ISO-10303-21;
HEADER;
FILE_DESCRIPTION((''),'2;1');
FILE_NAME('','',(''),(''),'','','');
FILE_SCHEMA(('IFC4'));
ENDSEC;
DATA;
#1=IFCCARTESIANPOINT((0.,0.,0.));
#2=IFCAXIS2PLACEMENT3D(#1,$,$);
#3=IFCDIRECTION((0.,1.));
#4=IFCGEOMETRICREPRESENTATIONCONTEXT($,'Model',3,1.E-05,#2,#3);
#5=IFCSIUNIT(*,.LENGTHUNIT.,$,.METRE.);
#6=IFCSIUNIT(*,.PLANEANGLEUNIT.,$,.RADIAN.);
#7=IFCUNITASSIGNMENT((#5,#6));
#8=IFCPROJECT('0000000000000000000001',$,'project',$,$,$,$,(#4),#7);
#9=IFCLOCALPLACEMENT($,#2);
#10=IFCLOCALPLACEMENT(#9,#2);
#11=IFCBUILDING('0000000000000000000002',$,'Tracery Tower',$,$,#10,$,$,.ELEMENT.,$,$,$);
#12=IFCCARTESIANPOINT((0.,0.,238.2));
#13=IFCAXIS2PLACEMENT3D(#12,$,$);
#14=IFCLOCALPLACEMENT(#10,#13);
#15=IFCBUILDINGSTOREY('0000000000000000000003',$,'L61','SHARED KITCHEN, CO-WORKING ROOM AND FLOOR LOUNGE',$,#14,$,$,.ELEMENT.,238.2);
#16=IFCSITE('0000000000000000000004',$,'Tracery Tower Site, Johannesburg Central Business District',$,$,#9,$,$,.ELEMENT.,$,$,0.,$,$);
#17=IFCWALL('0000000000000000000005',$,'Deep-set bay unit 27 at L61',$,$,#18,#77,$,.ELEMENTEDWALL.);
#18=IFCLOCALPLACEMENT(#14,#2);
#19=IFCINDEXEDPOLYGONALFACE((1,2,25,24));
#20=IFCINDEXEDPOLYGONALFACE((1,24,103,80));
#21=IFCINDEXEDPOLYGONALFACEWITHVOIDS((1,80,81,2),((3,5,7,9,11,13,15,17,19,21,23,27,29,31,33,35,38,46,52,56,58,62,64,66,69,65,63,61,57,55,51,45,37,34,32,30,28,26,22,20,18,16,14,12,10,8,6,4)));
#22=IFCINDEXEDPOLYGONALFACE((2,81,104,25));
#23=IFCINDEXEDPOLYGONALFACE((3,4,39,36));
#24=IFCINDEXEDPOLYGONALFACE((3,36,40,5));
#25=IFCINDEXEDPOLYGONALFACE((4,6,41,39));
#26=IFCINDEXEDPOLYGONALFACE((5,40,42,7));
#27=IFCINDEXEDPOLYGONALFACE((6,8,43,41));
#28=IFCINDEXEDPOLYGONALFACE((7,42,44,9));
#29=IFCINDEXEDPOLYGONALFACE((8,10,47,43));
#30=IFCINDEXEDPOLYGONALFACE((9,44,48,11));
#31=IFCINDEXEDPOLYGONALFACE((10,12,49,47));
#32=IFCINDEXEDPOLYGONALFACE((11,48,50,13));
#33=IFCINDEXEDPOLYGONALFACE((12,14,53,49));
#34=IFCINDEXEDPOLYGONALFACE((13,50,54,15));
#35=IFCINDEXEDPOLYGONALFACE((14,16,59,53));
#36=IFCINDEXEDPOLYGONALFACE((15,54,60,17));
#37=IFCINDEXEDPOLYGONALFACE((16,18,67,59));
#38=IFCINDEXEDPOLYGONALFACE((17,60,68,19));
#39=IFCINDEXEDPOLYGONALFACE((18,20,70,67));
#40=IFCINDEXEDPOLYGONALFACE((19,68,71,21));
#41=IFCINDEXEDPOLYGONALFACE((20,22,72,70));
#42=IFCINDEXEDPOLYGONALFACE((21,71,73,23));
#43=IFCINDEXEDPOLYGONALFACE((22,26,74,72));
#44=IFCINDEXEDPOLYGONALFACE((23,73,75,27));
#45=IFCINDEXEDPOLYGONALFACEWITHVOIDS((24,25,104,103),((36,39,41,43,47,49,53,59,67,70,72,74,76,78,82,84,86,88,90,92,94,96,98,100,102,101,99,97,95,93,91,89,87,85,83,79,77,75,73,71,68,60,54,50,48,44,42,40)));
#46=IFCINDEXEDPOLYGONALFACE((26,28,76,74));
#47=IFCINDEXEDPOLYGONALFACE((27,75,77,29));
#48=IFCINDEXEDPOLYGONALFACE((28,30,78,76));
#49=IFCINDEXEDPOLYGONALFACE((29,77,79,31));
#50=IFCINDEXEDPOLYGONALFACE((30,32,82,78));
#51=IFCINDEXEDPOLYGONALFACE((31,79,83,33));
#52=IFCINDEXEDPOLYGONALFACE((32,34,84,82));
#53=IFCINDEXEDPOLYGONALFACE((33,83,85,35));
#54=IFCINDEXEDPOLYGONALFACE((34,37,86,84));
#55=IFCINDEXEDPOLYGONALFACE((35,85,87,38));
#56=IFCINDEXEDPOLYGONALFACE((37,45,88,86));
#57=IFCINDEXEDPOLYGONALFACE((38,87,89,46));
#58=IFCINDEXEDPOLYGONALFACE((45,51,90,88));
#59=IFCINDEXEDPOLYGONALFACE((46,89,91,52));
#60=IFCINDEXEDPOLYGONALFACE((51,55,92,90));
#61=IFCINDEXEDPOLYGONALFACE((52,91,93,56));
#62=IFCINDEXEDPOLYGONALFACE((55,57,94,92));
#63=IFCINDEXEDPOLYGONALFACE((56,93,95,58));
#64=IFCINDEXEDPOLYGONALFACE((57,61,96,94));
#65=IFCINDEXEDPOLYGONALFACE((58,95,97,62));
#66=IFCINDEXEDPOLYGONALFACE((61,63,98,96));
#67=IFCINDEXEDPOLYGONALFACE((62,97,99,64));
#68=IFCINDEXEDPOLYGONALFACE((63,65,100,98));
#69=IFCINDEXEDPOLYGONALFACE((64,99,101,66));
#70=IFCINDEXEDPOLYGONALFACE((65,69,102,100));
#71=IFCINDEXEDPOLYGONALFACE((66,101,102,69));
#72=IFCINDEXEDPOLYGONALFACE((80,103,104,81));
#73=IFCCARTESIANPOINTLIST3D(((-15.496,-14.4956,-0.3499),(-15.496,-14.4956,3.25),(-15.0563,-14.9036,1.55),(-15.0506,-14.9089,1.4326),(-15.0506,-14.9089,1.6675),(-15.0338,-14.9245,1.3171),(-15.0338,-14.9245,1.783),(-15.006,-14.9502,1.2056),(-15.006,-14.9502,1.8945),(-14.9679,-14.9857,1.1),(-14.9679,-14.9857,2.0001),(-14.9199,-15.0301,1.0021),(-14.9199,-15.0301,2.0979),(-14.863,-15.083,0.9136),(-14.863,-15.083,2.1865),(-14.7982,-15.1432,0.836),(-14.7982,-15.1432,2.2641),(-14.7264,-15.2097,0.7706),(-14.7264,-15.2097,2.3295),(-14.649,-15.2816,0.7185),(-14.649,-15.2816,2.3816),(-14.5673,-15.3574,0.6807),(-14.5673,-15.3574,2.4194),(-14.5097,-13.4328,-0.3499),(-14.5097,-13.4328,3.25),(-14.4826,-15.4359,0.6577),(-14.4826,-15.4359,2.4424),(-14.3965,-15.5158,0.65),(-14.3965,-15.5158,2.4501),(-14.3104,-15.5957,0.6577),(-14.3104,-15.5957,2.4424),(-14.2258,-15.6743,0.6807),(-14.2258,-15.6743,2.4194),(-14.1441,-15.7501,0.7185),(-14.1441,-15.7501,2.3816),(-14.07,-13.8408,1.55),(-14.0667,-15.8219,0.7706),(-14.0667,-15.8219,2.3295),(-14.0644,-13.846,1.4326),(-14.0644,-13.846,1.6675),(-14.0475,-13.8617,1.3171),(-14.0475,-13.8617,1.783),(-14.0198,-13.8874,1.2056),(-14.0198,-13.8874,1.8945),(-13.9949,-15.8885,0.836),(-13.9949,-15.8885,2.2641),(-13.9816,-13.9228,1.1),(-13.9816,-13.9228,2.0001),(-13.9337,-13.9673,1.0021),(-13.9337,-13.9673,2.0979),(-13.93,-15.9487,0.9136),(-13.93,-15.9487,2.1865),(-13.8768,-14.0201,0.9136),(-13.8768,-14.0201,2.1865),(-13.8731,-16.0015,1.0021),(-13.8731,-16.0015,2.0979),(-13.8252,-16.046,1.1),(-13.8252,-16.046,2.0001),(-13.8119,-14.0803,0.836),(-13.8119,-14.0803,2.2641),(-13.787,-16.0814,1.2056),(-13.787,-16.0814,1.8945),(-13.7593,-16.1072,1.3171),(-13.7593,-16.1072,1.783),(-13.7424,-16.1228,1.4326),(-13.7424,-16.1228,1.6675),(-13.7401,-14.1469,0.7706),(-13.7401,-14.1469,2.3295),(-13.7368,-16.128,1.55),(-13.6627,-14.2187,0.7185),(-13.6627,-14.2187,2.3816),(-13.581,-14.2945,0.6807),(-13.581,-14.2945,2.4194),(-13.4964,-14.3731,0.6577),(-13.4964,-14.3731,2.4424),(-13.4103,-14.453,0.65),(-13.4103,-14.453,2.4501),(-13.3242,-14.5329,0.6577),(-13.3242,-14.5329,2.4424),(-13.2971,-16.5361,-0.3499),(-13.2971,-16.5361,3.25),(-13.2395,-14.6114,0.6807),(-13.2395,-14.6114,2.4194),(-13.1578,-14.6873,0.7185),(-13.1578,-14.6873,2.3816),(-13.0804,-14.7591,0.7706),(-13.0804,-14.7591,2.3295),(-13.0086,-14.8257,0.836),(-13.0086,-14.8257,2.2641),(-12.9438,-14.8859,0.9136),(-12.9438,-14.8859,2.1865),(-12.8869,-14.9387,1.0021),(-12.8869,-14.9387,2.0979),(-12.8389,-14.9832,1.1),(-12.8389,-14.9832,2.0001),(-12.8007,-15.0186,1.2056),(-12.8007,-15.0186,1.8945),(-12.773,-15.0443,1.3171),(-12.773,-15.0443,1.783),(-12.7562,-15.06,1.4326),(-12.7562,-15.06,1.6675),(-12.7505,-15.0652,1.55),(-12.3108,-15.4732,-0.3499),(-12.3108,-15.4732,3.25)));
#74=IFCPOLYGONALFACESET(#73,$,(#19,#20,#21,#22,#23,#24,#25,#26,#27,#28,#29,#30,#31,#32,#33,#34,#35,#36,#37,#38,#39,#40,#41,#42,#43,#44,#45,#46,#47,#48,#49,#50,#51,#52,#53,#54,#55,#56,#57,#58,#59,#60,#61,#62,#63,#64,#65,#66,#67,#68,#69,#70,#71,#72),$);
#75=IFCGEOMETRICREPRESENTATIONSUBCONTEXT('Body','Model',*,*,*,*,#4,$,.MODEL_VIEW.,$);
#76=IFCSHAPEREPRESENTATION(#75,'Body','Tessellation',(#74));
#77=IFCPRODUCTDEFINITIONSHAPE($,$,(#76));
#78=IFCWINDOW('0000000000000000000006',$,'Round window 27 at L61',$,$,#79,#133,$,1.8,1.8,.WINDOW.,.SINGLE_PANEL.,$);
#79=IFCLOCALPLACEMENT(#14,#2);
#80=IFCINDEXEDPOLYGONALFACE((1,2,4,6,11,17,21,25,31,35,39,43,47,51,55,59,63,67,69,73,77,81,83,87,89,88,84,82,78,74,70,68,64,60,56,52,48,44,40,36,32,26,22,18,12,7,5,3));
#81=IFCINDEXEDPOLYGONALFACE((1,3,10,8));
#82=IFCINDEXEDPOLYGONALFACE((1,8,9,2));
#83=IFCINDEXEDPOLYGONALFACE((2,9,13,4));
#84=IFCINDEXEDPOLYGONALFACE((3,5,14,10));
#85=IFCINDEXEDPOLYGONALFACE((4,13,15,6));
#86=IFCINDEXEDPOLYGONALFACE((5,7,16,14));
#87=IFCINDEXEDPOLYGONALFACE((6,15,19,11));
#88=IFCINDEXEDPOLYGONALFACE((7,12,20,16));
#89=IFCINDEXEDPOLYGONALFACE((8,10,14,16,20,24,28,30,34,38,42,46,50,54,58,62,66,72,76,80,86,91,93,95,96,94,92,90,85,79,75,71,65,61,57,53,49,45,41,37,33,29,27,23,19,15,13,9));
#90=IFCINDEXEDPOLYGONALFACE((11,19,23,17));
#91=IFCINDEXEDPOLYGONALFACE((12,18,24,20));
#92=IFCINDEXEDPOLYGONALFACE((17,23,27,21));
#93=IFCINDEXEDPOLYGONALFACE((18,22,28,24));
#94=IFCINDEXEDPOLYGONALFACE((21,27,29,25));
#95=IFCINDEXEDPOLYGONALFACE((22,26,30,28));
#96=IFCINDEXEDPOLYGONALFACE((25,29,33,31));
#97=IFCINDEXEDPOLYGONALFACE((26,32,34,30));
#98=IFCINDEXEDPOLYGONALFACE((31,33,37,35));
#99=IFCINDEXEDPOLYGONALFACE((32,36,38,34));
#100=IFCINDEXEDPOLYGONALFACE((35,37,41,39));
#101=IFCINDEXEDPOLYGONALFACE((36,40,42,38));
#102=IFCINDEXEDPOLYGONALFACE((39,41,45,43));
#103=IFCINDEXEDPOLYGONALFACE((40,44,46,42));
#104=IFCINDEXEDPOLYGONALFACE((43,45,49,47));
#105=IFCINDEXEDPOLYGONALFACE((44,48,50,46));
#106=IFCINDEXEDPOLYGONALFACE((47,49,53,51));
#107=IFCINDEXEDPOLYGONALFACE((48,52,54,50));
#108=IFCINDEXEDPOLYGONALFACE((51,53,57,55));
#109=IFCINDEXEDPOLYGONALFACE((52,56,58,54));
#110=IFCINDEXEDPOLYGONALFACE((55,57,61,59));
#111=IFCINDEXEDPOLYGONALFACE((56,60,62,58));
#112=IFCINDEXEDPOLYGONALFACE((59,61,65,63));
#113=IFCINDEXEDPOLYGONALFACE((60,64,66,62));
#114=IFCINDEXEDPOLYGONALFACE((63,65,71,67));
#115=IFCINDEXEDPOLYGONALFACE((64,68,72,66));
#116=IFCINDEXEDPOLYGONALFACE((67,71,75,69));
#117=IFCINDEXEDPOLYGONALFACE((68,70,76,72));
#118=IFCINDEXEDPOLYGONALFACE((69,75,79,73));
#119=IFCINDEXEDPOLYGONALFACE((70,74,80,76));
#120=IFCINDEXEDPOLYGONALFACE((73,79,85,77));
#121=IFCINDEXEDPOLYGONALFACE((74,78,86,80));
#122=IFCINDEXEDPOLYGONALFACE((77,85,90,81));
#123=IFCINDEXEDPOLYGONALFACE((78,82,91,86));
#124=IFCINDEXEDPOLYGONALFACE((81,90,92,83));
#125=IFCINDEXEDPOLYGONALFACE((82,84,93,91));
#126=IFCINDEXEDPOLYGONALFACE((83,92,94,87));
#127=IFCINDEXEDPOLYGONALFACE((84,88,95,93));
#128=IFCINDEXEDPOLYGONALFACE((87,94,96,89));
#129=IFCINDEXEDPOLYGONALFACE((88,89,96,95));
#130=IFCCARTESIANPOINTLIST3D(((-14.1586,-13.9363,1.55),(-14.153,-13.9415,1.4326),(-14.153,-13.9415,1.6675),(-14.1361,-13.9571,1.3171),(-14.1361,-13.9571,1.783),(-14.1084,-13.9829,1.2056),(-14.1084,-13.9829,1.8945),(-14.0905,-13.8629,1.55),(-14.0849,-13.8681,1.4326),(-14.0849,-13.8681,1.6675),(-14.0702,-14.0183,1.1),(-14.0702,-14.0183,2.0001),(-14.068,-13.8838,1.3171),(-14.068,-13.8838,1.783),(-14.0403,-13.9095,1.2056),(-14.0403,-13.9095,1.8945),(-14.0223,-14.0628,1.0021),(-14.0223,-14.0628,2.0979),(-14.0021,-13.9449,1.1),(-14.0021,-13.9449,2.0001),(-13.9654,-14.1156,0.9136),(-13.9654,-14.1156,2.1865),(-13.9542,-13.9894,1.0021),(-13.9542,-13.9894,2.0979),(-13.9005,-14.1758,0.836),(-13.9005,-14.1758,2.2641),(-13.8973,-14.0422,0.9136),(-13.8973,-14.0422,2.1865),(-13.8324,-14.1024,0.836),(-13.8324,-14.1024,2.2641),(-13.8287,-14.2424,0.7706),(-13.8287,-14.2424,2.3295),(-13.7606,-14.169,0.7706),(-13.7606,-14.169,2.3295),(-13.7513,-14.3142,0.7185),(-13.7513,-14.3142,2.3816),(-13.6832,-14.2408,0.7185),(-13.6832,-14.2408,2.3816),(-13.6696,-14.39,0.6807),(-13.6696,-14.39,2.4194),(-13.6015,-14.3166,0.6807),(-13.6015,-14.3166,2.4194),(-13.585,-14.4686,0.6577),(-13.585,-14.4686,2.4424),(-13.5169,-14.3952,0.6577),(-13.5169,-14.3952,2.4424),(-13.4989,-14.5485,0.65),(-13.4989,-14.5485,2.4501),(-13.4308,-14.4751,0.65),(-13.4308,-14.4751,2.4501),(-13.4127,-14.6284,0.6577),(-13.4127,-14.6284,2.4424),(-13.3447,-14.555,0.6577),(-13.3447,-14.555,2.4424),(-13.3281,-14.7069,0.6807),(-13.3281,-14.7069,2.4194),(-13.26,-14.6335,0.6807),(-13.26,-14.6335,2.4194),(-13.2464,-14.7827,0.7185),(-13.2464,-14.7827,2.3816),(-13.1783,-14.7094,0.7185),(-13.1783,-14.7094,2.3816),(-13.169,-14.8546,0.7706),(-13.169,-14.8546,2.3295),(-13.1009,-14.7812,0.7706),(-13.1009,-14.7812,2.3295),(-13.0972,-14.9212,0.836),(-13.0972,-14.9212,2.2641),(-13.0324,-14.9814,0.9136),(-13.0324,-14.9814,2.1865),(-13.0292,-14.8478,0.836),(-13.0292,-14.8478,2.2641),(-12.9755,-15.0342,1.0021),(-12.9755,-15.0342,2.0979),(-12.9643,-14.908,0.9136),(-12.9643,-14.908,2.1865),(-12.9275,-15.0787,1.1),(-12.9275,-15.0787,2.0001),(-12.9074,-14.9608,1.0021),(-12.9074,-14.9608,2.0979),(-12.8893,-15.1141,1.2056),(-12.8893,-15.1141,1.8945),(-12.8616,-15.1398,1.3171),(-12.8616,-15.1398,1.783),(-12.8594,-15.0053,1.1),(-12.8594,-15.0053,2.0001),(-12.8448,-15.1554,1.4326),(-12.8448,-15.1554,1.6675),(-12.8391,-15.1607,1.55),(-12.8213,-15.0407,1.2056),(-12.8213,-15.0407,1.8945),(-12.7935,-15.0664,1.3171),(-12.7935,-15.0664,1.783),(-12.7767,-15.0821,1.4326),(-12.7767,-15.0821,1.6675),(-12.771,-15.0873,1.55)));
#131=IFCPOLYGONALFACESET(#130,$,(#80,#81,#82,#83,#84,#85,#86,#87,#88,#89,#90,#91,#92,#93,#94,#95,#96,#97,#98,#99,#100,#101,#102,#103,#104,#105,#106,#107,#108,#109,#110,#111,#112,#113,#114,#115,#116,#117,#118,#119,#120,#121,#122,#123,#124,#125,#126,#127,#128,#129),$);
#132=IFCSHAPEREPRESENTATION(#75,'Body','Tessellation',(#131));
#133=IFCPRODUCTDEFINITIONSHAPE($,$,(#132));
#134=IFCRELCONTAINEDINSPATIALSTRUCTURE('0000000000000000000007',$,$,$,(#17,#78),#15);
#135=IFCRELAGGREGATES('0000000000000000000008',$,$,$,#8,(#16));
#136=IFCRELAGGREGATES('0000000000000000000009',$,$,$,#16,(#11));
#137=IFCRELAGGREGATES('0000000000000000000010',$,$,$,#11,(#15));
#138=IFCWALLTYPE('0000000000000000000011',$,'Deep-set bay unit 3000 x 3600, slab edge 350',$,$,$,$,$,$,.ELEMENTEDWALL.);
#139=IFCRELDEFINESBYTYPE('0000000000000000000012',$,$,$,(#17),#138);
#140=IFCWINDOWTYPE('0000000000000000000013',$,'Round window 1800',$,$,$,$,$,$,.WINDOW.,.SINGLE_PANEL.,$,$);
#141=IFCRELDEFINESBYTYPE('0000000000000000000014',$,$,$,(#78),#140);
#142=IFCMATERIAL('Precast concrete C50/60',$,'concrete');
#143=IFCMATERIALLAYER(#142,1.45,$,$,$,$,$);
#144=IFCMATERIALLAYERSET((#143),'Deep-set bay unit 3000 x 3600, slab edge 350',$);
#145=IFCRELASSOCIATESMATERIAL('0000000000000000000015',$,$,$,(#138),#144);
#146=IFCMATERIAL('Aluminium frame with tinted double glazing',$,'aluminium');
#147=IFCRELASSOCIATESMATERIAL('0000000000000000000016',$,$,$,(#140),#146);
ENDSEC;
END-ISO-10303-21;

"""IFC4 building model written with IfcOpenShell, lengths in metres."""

from ifc_helpers import new_model, si_unit, direction, frame, frame_2d, origin, origin_2d, place, context, subcontext, project, spatial, rectangle, circle, extrude, material, layer, layer_set, type_object, element, fill, save


model = new_model("IFC4")

# Units and contexts
model_context = context("Model", 3, precision=1e-05, world=origin(), true_north=direction((0.0, 1.0)))
body_context = subcontext(model_context, "Body", "Model", "MODEL_VIEW")
ifc_project = project(units=[si_unit("LENGTHUNIT", "METRE"), si_unit("PLANEANGLEUNIT", "RADIAN")], contexts=[model_context])

# Site, building, storey
site_placement = place(None, origin())
site = spatial("IfcSite", under=ifc_project, at=site_placement, Name="Tracery Tower Site, Johannesburg Central Business District", CompositionType="ELEMENT", RefElevation=0.0)
building_placement = place(site_placement, origin())
building = spatial("IfcBuilding", under=site, at=building_placement, Name="Tracery Tower", CompositionType="ELEMENT")
storey_placement = place(building_placement, frame((0.0, 0.0, 238.2)))
storey = spatial("IfcBuildingStorey", under=building, at=storey_placement, Name="L61", Description="SHARED KITCHEN, CO-WORKING ROOM AND FLOOR LOUNGE", CompositionType="ELEMENT", Elevation=238.2)

# Wall, opening, window
ifc_material_1 = material(Name="Precast concrete C50/60", Category="concrete")
ifc_layer_1 = layer(ifc_material_1, 1.45)
ifc_layer_set_1 = layer_set([ifc_layer_1], Name="Deep-set bay unit 3000 x 3600, slab edge 350")
wall_type_1 = type_object("IfcWallType", Name="Deep-set bay unit 3000 x 3600, slab edge 350", PredefinedType="ELEMENTEDWALL", material=ifc_layer_set_1)
wall_1_placement = place(storey_placement, frame((-15.0029, -13.9641, -0.3499), z_axis=(0.0, 0.0, 1.0), x_axis=(0.733022, -0.680204, 0.0)))
wall_1 = element("IfcWall", 1, at=wall_1_placement, inside=storey, type_object=wall_type_1, Name="Deep-set bay unit 27 at L61", PredefinedType="ELEMENTEDWALL", context=body_context, shape_type="SweptSolid", body=[
    extrude(rectangle(XDim=2.9998, YDim=1.45, at=frame_2d((1.5, 0.0))), origin(), (0.0, 0.0, 1.0), 3.5999),
])
opening_1_placement = place(wall_1_placement, frame((1.5, 0.0, 1.8999)))
opening_1 = element("IfcOpeningElement", 2, at=opening_1_placement, cuts=wall_1, PredefinedType="OPENING", context=body_context, shape_type="SweptSolid", body=[
    extrude(circle(Radius=0.9, at=origin_2d()), frame((0.0, 0.7349, 0.0), z_axis=(0.0, -1.0, 0.0), x_axis=(1.0, 0.0, 0.0)), (0.0, 0.0, 1.0), 1.47),
])
ifc_material_2 = material(Name="Aluminium frame with tinted double glazing", Category="aluminium")
window_type = type_object("IfcWindowType", Name="Round window 1800", PartitioningType="SINGLE_PANEL", PredefinedType="WINDOW", material=ifc_material_2)
window_1_placement = place(opening_1_placement, origin())
window_1 = element("IfcWindow", 3, at=window_1_placement, inside=storey, type_object=window_type, Name="Round window 27 at L61", OverallHeight=1.8, OverallWidth=1.8, PartitioningType="SINGLE_PANEL", PredefinedType="WINDOW", context=body_context, shape_type="SweptSolid", body=[
    extrude(circle(Radius=0.9, at=origin_2d()), frame((0.0, 0.6948, 0.0), z_axis=(0.0, -1.0, 0.0), x_axis=(1.0, 0.0, 0.0)), (0.0, 0.0, 1.0), 0.1001),
])
fill(opening_1, window_1)

save(model, "model.ifc")
